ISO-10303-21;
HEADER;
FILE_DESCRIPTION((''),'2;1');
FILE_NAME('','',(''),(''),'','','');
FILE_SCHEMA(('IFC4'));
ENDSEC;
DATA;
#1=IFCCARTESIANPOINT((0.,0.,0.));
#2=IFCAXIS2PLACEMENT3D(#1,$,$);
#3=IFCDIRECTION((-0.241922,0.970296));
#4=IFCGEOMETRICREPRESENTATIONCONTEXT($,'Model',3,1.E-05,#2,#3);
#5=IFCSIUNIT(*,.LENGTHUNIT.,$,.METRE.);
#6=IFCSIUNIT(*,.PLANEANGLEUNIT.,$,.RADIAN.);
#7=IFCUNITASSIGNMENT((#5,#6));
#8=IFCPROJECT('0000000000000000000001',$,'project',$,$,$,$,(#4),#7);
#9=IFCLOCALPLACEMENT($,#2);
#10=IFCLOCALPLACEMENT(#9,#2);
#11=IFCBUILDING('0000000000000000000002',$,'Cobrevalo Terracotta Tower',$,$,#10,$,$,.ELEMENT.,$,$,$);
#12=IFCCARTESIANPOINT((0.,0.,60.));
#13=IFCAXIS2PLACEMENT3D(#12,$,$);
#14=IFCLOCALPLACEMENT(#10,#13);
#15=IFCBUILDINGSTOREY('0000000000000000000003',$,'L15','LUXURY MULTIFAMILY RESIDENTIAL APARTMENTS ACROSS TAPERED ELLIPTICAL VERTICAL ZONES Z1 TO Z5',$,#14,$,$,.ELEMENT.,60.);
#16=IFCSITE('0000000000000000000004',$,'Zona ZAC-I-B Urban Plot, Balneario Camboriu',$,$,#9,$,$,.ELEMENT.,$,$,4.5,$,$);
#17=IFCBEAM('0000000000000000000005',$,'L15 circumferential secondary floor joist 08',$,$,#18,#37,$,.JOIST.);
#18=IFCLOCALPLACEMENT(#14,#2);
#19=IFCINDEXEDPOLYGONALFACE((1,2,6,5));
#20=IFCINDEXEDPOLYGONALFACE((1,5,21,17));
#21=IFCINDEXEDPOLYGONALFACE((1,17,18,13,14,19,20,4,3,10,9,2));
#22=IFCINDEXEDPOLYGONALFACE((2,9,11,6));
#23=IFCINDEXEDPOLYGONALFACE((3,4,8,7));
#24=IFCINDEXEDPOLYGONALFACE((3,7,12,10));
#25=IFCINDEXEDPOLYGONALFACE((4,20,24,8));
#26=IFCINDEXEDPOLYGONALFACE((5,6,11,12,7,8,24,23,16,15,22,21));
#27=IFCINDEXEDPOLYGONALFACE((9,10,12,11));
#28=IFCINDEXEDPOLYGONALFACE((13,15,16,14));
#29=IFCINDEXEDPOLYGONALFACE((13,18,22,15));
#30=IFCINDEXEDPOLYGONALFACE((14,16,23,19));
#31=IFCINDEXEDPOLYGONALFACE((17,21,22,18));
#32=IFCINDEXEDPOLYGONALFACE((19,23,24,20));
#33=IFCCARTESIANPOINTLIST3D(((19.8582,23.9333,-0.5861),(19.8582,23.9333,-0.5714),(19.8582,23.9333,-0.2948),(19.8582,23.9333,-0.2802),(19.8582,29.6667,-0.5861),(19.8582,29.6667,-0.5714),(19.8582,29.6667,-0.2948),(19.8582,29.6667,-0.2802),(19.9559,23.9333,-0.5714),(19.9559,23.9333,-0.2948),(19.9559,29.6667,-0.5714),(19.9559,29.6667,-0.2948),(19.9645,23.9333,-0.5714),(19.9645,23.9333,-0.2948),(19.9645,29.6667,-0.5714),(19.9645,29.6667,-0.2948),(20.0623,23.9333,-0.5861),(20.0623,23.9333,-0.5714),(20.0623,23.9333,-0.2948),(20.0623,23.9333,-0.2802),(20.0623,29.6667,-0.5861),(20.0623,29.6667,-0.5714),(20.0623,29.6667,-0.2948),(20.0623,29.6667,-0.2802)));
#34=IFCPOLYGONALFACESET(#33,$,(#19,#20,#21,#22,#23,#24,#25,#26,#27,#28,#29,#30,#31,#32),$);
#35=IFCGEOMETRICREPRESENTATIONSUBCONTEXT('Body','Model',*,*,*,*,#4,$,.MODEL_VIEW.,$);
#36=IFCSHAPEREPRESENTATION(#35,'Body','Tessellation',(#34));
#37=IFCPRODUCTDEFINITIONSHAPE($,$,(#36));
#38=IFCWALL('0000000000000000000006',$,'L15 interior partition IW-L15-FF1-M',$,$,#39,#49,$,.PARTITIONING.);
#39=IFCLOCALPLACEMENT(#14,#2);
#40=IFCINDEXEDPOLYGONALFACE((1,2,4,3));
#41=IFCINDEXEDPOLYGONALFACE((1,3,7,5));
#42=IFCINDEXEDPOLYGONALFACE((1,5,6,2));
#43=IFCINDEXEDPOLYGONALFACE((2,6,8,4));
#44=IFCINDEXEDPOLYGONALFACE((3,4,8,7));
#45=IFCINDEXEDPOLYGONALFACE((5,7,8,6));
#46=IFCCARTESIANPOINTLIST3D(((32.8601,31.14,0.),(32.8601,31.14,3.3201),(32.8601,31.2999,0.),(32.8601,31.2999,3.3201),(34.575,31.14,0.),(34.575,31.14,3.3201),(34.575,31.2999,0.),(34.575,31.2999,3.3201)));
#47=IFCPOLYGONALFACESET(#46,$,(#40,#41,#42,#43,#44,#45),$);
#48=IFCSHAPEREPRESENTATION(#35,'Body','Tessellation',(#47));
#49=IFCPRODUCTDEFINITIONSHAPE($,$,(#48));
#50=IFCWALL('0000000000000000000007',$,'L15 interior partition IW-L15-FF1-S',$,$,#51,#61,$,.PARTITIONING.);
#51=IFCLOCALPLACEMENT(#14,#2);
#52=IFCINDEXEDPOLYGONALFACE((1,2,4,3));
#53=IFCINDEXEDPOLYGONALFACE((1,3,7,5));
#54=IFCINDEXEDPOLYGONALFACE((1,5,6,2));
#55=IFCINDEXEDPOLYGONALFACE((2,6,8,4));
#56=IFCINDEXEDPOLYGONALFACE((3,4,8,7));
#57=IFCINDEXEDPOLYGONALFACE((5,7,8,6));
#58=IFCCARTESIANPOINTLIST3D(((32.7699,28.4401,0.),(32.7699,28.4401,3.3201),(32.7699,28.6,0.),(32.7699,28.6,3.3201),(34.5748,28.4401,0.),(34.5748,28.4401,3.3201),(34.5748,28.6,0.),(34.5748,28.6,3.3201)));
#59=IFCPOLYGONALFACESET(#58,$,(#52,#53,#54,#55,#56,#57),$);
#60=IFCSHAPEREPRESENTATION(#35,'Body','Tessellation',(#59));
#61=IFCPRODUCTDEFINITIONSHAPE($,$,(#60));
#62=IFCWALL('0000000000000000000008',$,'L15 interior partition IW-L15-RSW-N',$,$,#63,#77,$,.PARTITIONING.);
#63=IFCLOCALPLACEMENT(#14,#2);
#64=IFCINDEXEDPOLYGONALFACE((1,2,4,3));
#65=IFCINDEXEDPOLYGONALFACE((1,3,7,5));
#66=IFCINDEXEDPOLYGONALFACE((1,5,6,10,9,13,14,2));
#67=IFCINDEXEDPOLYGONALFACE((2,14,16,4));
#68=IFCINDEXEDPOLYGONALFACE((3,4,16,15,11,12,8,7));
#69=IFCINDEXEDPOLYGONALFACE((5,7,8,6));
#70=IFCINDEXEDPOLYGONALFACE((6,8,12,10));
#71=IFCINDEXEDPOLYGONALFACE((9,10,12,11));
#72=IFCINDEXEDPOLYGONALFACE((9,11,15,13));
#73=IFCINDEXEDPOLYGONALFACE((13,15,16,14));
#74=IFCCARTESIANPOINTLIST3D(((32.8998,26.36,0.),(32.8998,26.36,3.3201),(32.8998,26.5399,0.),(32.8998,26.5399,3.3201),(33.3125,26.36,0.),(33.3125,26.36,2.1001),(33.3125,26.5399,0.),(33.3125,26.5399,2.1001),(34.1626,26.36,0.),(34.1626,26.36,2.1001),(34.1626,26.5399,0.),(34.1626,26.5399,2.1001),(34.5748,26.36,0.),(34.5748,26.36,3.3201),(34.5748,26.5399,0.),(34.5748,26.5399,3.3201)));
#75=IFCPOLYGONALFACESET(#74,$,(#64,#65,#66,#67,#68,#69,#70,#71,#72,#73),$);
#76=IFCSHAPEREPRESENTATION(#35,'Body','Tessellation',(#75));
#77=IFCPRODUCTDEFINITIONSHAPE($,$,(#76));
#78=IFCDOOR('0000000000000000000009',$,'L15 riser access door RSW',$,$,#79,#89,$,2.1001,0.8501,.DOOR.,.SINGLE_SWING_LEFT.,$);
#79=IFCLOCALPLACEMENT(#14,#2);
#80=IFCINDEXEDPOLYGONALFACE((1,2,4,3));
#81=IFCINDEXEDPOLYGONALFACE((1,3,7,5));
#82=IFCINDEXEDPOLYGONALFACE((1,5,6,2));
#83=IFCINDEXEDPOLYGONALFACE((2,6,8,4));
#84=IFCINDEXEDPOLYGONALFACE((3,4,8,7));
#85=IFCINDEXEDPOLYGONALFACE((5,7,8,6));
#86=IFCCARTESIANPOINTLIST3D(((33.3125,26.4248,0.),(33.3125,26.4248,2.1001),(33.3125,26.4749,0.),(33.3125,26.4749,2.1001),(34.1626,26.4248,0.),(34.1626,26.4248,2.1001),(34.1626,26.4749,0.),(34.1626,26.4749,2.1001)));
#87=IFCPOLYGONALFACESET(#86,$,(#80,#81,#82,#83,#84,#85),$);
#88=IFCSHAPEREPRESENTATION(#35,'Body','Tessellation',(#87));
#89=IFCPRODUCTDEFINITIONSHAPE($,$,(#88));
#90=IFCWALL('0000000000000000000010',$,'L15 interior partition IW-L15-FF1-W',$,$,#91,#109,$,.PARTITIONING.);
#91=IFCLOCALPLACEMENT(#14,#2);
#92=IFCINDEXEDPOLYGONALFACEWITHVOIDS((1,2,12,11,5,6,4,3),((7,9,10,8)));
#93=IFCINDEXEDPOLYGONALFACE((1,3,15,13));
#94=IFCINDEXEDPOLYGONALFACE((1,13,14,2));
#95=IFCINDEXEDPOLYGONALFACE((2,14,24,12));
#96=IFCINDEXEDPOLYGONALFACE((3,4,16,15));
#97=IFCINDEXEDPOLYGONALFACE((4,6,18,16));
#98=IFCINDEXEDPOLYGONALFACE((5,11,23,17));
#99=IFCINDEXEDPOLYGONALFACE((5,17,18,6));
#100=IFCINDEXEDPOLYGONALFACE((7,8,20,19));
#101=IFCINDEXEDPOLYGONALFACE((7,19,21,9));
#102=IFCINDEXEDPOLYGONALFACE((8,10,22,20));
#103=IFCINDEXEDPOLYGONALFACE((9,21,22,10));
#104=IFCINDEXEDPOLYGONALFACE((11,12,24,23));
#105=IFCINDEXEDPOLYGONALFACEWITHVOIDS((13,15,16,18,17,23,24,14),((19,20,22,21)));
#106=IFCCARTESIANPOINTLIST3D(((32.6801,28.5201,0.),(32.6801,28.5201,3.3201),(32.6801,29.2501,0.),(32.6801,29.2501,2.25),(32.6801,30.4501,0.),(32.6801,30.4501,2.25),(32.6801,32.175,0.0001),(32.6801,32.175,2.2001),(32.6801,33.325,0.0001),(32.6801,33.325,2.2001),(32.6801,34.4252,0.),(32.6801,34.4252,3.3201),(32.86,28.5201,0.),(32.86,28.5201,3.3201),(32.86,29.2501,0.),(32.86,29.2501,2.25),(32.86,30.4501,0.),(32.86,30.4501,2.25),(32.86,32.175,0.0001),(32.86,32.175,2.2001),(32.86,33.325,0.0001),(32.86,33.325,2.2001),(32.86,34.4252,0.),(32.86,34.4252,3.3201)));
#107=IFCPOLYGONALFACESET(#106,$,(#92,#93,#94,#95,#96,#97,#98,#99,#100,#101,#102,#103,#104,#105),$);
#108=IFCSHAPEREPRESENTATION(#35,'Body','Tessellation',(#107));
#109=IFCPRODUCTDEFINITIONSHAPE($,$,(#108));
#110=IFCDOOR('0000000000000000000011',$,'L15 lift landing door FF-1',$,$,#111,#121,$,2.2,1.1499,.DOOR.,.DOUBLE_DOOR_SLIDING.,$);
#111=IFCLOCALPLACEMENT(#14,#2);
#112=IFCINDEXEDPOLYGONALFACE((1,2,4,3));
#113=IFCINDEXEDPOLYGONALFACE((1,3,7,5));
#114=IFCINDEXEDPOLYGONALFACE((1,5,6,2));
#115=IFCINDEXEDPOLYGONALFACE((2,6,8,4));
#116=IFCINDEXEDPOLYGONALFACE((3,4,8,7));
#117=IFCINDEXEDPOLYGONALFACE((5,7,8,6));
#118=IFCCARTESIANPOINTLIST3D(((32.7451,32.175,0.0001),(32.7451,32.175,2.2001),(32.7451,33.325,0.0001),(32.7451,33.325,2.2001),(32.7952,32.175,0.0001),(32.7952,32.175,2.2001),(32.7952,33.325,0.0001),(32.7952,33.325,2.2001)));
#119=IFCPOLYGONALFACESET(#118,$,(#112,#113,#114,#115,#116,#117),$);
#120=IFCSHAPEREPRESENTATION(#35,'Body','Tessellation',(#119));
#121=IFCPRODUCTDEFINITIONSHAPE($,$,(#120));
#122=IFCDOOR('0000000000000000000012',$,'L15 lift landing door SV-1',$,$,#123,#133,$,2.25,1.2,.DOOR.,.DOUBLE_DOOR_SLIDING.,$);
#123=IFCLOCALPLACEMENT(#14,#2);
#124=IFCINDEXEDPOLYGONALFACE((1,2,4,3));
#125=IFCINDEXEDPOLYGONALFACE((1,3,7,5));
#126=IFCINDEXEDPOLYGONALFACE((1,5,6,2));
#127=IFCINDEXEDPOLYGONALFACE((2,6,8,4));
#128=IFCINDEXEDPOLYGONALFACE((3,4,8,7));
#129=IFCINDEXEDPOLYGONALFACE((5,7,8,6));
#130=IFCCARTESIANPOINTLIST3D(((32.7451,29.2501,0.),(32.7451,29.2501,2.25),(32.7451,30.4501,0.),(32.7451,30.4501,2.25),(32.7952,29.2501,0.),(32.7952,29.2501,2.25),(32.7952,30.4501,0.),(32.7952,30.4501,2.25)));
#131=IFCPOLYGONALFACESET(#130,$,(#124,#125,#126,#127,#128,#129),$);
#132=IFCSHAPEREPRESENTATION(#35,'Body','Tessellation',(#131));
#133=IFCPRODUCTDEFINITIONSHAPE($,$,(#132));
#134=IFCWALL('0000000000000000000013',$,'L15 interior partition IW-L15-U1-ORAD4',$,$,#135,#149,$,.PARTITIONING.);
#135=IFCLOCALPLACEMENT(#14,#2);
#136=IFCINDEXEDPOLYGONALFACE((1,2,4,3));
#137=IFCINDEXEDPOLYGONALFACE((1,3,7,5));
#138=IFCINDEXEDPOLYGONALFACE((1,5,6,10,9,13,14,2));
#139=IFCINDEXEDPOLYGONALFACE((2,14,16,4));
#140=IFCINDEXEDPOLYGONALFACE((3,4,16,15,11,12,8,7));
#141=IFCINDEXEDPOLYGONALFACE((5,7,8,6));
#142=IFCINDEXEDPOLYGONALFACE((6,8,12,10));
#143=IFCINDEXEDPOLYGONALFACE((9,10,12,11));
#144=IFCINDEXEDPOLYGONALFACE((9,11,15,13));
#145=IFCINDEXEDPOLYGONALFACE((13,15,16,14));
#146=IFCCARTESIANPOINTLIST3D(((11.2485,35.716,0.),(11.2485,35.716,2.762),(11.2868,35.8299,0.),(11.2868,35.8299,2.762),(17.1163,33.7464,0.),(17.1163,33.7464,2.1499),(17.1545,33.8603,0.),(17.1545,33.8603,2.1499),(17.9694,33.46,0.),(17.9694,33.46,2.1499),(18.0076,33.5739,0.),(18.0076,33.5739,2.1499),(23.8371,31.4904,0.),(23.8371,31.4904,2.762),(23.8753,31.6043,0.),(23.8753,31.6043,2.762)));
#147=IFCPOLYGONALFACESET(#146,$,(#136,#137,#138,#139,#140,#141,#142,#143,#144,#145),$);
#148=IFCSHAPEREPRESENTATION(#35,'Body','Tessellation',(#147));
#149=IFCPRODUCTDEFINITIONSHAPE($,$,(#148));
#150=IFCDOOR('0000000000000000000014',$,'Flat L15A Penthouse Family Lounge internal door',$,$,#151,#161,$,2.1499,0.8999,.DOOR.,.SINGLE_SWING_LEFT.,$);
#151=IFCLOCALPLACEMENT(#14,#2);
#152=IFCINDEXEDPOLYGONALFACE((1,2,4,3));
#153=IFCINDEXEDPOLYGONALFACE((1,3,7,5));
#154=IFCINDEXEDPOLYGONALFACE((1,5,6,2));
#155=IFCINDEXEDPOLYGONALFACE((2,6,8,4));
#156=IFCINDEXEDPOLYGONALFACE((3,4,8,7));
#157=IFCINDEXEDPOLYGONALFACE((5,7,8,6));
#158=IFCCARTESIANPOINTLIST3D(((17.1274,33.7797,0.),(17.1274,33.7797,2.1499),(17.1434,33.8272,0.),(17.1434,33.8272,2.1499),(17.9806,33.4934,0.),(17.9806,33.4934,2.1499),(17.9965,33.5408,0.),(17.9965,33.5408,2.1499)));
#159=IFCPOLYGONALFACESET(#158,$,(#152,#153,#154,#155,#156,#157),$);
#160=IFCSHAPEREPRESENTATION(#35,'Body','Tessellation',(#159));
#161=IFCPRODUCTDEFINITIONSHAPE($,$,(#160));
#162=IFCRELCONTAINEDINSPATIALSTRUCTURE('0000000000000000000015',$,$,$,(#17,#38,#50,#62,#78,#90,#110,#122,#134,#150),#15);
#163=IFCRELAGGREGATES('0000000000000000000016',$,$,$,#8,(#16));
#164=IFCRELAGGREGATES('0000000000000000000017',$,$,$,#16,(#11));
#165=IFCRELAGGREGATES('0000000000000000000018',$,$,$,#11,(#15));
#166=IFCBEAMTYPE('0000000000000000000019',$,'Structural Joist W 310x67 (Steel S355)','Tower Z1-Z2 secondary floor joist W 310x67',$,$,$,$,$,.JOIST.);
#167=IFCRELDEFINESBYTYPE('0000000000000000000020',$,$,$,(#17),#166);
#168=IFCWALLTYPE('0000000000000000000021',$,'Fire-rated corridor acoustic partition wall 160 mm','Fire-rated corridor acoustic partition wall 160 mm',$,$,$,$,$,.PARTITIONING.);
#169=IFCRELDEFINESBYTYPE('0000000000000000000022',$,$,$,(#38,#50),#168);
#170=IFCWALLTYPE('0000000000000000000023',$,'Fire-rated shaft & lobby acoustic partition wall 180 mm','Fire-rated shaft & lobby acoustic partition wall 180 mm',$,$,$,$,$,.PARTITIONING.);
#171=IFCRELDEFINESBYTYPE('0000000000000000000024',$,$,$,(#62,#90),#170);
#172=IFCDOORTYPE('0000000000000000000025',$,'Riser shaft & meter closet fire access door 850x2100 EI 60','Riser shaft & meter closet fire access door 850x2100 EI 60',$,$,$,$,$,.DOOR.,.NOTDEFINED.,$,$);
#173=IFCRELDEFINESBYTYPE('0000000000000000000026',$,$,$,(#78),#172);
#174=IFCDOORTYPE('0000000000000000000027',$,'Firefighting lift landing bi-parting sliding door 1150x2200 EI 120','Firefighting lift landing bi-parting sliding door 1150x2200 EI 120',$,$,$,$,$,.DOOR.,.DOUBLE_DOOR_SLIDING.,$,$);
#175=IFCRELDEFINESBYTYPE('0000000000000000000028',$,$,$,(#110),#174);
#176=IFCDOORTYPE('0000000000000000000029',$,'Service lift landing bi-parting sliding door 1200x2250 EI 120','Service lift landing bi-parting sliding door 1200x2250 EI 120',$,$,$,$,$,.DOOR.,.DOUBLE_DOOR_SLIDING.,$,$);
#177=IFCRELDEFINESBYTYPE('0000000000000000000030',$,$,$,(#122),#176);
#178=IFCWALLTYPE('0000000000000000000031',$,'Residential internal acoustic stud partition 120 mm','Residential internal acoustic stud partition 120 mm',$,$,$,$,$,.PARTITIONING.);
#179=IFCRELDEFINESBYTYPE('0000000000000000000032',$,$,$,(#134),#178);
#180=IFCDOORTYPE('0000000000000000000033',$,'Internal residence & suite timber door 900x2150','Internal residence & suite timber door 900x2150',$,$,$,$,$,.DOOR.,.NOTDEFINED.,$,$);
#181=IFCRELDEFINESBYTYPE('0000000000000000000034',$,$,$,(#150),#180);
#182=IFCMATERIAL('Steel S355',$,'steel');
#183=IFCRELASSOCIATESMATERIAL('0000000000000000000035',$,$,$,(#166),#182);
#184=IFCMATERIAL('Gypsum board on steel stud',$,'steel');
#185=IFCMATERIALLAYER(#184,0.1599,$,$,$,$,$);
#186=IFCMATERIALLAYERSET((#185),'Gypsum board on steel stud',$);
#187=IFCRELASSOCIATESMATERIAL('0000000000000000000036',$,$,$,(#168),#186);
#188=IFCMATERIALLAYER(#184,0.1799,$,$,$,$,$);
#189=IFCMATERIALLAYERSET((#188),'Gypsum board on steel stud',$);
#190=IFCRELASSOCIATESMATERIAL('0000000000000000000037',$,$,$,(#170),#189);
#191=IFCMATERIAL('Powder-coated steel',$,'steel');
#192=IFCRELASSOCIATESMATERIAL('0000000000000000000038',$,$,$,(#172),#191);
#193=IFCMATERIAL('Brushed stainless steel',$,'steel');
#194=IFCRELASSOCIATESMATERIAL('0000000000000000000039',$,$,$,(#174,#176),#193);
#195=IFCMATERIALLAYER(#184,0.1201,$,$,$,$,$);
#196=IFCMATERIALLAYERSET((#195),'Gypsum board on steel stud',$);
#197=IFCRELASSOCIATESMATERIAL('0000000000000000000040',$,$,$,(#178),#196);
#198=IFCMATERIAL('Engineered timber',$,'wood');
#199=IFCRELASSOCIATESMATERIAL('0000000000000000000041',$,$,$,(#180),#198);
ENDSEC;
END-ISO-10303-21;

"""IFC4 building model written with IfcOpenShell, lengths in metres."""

from ifc_helpers import new_model, si_unit, direction, frame, frame_2d, origin, origin_2d, place, context, subcontext, project, spatial, rectangle, i_section, extrude, source, transform, mapped, material, layer, layer_set, material_profile, profile_set, type_object, element, fill, save


model = new_model("IFC4")

# Units and contexts
model_context = context("Model", 3, precision=1e-05, world=origin(), true_north=direction((-0.241922, 0.970296)))
body_context = subcontext(model_context, "Body", "Model", "MODEL_VIEW")
ifc_project = project(units=[si_unit("LENGTHUNIT", "METRE"), si_unit("PLANEANGLEUNIT", "RADIAN")], contexts=[model_context])

# Site, building, storey
site_placement = place(None, origin())
site = spatial("IfcSite", under=ifc_project, at=site_placement, Name="Zona ZAC-I-B Urban Plot, Balneario Camboriu", CompositionType="ELEMENT", RefElevation=4.5)
building_placement = place(site_placement, origin())
building = spatial("IfcBuilding", under=site, at=building_placement, Name="Cobrevalo Terracotta Tower", CompositionType="ELEMENT")
storey_placement = place(building_placement, frame((0.0, 0.0, 60.0)))
storey = spatial("IfcBuildingStorey", under=building, at=storey_placement, Name="L15", Description="LUXURY MULTIFAMILY RESIDENTIAL APARTMENTS ACROSS TAPERED ELLIPTICAL VERTICAL ZONES Z1 TO Z5", CompositionType="ELEMENT", Elevation=60.0)

# Beam
ifc_material_1 = material(Name="Steel S355", Category="steel")
ifc_material_profile = material_profile(ifc_material_1, i_section(OverallWidth=0.2041, OverallDepth=0.3059, WebThickness=0.0085, FlangeThickness=0.0146, at=origin_2d()), Name="W 310x67")
ifc_profile_set = profile_set([ifc_material_profile], Name="Steel S355")
beam_type = type_object("IfcBeamType", Name="Structural Joist W 310x67 (Steel S355)", Description="Tower Z1-Z2 secondary floor joist W 310x67", PredefinedType="JOIST", material=ifc_profile_set)
beam_placement = place(storey_placement, frame((19.9602, 29.6667, -0.4331), z_axis=(0.0, -1.0, 0.0), x_axis=(1.0, 0.0, 0.0)))
element("IfcBeam", 1, at=beam_placement, inside=storey, type_object=beam_type, Name="L15 circumferential secondary floor joist 08", PredefinedType="JOIST", context=body_context, shape_type="SweptSolid", body=[
    extrude(i_section(OverallWidth=0.2041, OverallDepth=0.3059, WebThickness=0.0085, FlangeThickness=0.0146, at=origin_2d()), origin(), (0.0, 0.0, 1.0), 5.7334),
])

# Walls
ifc_material_2 = material(Name="Gypsum board on steel stud", Category="steel")
ifc_layer_1 = layer(ifc_material_2, 0.1599)
ifc_layer_set_1 = layer_set([ifc_layer_1], Name="Gypsum board on steel stud")
wall_type_1 = type_object("IfcWallType", Name="Fire-rated corridor acoustic partition wall 160 mm", Description="Fire-rated corridor acoustic partition wall 160 mm", PredefinedType="PARTITIONING", material=ifc_layer_set_1)
wall_1_placement = place(storey_placement, frame((32.8601, 31.22, 0.0), z_axis=(0.0, 0.0, 1.0), x_axis=(1.0, 0.0, 0.0)))
element("IfcWall", 2, at=wall_1_placement, inside=storey, type_object=wall_type_1, Name="L15 interior partition IW-L15-FF1-M", PredefinedType="PARTITIONING", context=body_context, shape_type="SweptSolid", body=[
    extrude(rectangle(XDim=1.7148, YDim=0.1599, at=frame_2d((0.8574, 0.0))), origin(), (0.0, 0.0, 1.0), 3.3201),
])
wall_2_placement = place(storey_placement, frame((32.77, 28.52, 0.0), z_axis=(0.0, 0.0, 1.0), x_axis=(1.0, 0.0, 0.0)))
element("IfcWall", 3, at=wall_2_placement, inside=storey, type_object=wall_type_1, Name="L15 interior partition IW-L15-FF1-S", PredefinedType="PARTITIONING", context=body_context, shape_type="SweptSolid", body=[
    extrude(rectangle(XDim=1.8049, YDim=0.1599, at=frame_2d((0.9023, 0.0))), origin(), (0.0, 0.0, 1.0), 3.3201),
])

# Wall, opening, door
ifc_layer_2 = layer(ifc_material_2, 0.1799)
ifc_layer_set_2 = layer_set([ifc_layer_2], Name="Gypsum board on steel stud")
wall_type_2 = type_object("IfcWallType", Name="Fire-rated shaft & lobby acoustic partition wall 180 mm", Description="Fire-rated shaft & lobby acoustic partition wall 180 mm", PredefinedType="PARTITIONING", material=ifc_layer_set_2)
wall_3_placement = place(storey_placement, frame((32.8999, 26.45, 0.0), z_axis=(0.0, 0.0, 1.0), x_axis=(1.0, 0.0, 0.0)))
wall_3 = element("IfcWall", 4, at=wall_3_placement, inside=storey, type_object=wall_type_2, Name="L15 interior partition IW-L15-RSW-N", PredefinedType="PARTITIONING", context=body_context, shape_type="SweptSolid", body=[
    extrude(rectangle(XDim=1.675, YDim=0.1799, at=frame_2d((0.8374, 0.0))), origin(), (0.0, 0.0, 1.0), 3.3201),
])
opening_1_placement = place(wall_3_placement, frame((0.4126, 0.0, 0.0)))
opening_1 = element("IfcOpeningElement", 5, at=opening_1_placement, cuts=wall_3, PredefinedType="OPENING", context=body_context, shape_type="SweptSolid", body=[
    extrude(rectangle(XDim=0.8501, YDim=2.1001, at=frame_2d((0.425, 1.05))), frame((0.0, 0.1001, 0.0), z_axis=(0.0, -1.0, 0.0), x_axis=(1.0, 0.0, 0.0)), (0.0, 0.0, 1.0), 0.2),
])
ifc_material_3 = material(Name="Powder-coated steel", Category="steel")
door_type_1 = type_object("IfcDoorType", Name="Riser shaft & meter closet fire access door 850x2100 EI 60", Description="Riser shaft & meter closet fire access door 850x2100 EI 60", OperationType="NOTDEFINED", PredefinedType="DOOR", material=ifc_material_3)
shared_shape_1 = source(origin(), body_context, "Body", "SweptSolid", [
    extrude(rectangle(XDim=0.8501, YDim=2.1001, at=frame_2d((0.425, 1.05))), frame((0.0, 0.0249, 0.0), z_axis=(0.0, -1.0, 0.0), x_axis=(1.0, 0.0, 0.0)), (0.0, 0.0, 1.0), 0.05),
])
door_1_placement = place(opening_1_placement, origin())
door_1 = element("IfcDoor", 6, at=door_1_placement, inside=storey, type_object=door_type_1, Name="L15 riser access door RSW", OperationType="SINGLE_SWING_LEFT", OverallHeight=2.1001, OverallWidth=0.8501, PredefinedType="DOOR", context=body_context, shape_type="MappedRepresentation", body=[
    mapped(shared_shape_1, transform((0.0, 0.0, 0.0), scale=1.0)),
])
fill(opening_1, door_1)

# Wall, openings, doors
wall_4_placement = place(storey_placement, frame((32.77, 28.52, 0.0), z_axis=(0.0, 0.0, 1.0), x_axis=(0.0, 1.0, 0.0)))
wall_4 = element("IfcWall", 7, at=wall_4_placement, inside=storey, type_object=wall_type_2, Name="L15 interior partition IW-L15-FF1-W", PredefinedType="PARTITIONING", context=body_context, shape_type="SweptSolid", body=[
    extrude(rectangle(XDim=5.905, YDim=0.1799, at=frame_2d((2.9526, 0.0))), origin(), (0.0, 0.0, 1.0), 3.3201),
])
opening_2_placement = place(wall_4_placement, frame((3.655, 0.0, 0.0)))
opening_2 = element("IfcOpeningElement", 8, at=opening_2_placement, cuts=wall_4, PredefinedType="OPENING", context=body_context, shape_type="SweptSolid", body=[
    extrude(rectangle(XDim=1.1499, YDim=2.2, at=frame_2d((0.575, 1.1001))), frame((0.0, 0.1001, 0.0), z_axis=(0.0, -1.0, 0.0), x_axis=(1.0, 0.0, 0.0)), (0.0, 0.0, 1.0), 0.2),
])
opening_3_placement = place(wall_4_placement, frame((0.73, 0.0, 0.0)))
opening_3 = element("IfcOpeningElement", 9, at=opening_3_placement, cuts=wall_4, PredefinedType="OPENING", context=body_context, shape_type="SweptSolid", body=[
    extrude(rectangle(XDim=1.2, YDim=2.25, at=frame_2d((0.6001, 1.125))), frame((0.0, 0.1001, 0.0), z_axis=(0.0, -1.0, 0.0), x_axis=(1.0, 0.0, 0.0)), (0.0, 0.0, 1.0), 0.2),
])
ifc_material_4 = material(Name="Brushed stainless steel", Category="steel")
door_type_2 = type_object("IfcDoorType", Name="Firefighting lift landing bi-parting sliding door 1150x2200 EI 120", Description="Firefighting lift landing bi-parting sliding door 1150x2200 EI 120", OperationType="DOUBLE_DOOR_SLIDING", PredefinedType="DOOR", material=ifc_material_4)
shared_shape_2 = source(origin(), body_context, "Body", "SweptSolid", [
    extrude(rectangle(XDim=1.1499, YDim=2.2, at=frame_2d((0.575, 1.1001))), frame((0.0, 0.0249, 0.0), z_axis=(0.0, -1.0, 0.0), x_axis=(1.0, 0.0, 0.0)), (0.0, 0.0, 1.0), 0.05),
])
door_2_placement = place(opening_2_placement, origin())
door_2 = element("IfcDoor", 10, at=door_2_placement, inside=storey, type_object=door_type_2, Name="L15 lift landing door FF-1", OperationType="DOUBLE_DOOR_SLIDING", OverallHeight=2.2, OverallWidth=1.1499, PredefinedType="DOOR", context=body_context, shape_type="MappedRepresentation", body=[
    mapped(shared_shape_2, transform((0.0, 0.0, 0.0), scale=1.0)),
])
fill(opening_2, door_2)
door_type_3 = type_object("IfcDoorType", Name="Service lift landing bi-parting sliding door 1200x2250 EI 120", Description="Service lift landing bi-parting sliding door 1200x2250 EI 120", OperationType="DOUBLE_DOOR_SLIDING", PredefinedType="DOOR", material=ifc_material_4)
shared_shape_3 = source(origin(), body_context, "Body", "SweptSolid", [
    extrude(rectangle(XDim=1.2, YDim=2.25, at=frame_2d((0.6001, 1.125))), frame((0.0, 0.0249, 0.0), z_axis=(0.0, -1.0, 0.0), x_axis=(1.0, 0.0, 0.0)), (0.0, 0.0, 1.0), 0.05),
])
door_3_placement = place(opening_3_placement, origin())
door_3 = element("IfcDoor", 11, at=door_3_placement, inside=storey, type_object=door_type_3, Name="L15 lift landing door SV-1", OperationType="DOUBLE_DOOR_SLIDING", OverallHeight=2.25, OverallWidth=1.2, PredefinedType="DOOR", context=body_context, shape_type="MappedRepresentation", body=[
    mapped(shared_shape_3, transform((0.0, 0.0, 0.0), scale=1.0)),
])
fill(opening_3, door_3)

# Wall, opening, door
ifc_layer_3 = layer(ifc_material_2, 0.1201)
ifc_layer_set_3 = layer_set([ifc_layer_3], Name="Gypsum board on steel stud")
wall_type_3 = type_object("IfcWallType", Name="Residential internal acoustic stud partition 120 mm", Description="Residential internal acoustic stud partition 120 mm", PredefinedType="PARTITIONING", material=ifc_layer_set_3)
wall_5_placement = place(storey_placement, frame((23.8562, 31.5474, 0.0), z_axis=(0.0, 0.0, 1.0), x_axis=(-0.948017, 0.318218, 0.0)))
wall_5 = element("IfcWall", 12, at=wall_5_placement, inside=storey, type_object=wall_type_3, Name="L15 interior partition IW-L15-U1-ORAD4", PredefinedType="PARTITIONING", context=body_context, shape_type="SweptSolid", body=[
    extrude(rectangle(XDim=13.2788, YDim=0.1201, at=frame_2d((6.6394, 0.0))), origin(), (0.0, 0.0, 1.0), 2.762),
])
opening_4_placement = place(wall_5_placement, frame((6.1895, 0.0, 0.0)))
opening_4 = element("IfcOpeningElement", 13, at=opening_4_placement, cuts=wall_5, PredefinedType="OPENING", context=body_context, shape_type="SweptSolid", body=[
    extrude(rectangle(XDim=0.8999, YDim=2.1499, at=frame_2d((0.45, 1.075))), frame((0.0, 0.0701, 0.0), z_axis=(0.0, -1.0, 0.0), x_axis=(1.0, 0.0, 0.0)), (0.0, 0.0, 1.0), 0.1401),
])
ifc_material_5 = material(Name="Engineered timber", Category="wood")
door_type_4 = type_object("IfcDoorType", Name="Internal residence & suite timber door 900x2150", Description="Internal residence & suite timber door 900x2150", OperationType="NOTDEFINED", PredefinedType="DOOR", material=ifc_material_5)
shared_shape_4 = source(origin(), body_context, "Body", "SweptSolid", [
    extrude(rectangle(XDim=0.8999, YDim=2.1499, at=frame_2d((0.45, 1.075))), frame((0.0, 0.0249, 0.0), z_axis=(0.0, -1.0, 0.0), x_axis=(1.0, 0.0, 0.0)), (0.0, 0.0, 1.0), 0.05),
])
door_4_placement = place(opening_4_placement, origin())
door_4 = element("IfcDoor", 14, at=door_4_placement, inside=storey, type_object=door_type_4, Name="Flat L15A Penthouse Family Lounge internal door", OperationType="SINGLE_SWING_LEFT", OverallHeight=2.1499, OverallWidth=0.8999, PredefinedType="DOOR", context=body_context, shape_type="MappedRepresentation", body=[
    mapped(shared_shape_4, transform((0.0, 0.0, 0.0), scale=1.0)),
])
fill(opening_4, door_4)

save(model, "model.ifc")
